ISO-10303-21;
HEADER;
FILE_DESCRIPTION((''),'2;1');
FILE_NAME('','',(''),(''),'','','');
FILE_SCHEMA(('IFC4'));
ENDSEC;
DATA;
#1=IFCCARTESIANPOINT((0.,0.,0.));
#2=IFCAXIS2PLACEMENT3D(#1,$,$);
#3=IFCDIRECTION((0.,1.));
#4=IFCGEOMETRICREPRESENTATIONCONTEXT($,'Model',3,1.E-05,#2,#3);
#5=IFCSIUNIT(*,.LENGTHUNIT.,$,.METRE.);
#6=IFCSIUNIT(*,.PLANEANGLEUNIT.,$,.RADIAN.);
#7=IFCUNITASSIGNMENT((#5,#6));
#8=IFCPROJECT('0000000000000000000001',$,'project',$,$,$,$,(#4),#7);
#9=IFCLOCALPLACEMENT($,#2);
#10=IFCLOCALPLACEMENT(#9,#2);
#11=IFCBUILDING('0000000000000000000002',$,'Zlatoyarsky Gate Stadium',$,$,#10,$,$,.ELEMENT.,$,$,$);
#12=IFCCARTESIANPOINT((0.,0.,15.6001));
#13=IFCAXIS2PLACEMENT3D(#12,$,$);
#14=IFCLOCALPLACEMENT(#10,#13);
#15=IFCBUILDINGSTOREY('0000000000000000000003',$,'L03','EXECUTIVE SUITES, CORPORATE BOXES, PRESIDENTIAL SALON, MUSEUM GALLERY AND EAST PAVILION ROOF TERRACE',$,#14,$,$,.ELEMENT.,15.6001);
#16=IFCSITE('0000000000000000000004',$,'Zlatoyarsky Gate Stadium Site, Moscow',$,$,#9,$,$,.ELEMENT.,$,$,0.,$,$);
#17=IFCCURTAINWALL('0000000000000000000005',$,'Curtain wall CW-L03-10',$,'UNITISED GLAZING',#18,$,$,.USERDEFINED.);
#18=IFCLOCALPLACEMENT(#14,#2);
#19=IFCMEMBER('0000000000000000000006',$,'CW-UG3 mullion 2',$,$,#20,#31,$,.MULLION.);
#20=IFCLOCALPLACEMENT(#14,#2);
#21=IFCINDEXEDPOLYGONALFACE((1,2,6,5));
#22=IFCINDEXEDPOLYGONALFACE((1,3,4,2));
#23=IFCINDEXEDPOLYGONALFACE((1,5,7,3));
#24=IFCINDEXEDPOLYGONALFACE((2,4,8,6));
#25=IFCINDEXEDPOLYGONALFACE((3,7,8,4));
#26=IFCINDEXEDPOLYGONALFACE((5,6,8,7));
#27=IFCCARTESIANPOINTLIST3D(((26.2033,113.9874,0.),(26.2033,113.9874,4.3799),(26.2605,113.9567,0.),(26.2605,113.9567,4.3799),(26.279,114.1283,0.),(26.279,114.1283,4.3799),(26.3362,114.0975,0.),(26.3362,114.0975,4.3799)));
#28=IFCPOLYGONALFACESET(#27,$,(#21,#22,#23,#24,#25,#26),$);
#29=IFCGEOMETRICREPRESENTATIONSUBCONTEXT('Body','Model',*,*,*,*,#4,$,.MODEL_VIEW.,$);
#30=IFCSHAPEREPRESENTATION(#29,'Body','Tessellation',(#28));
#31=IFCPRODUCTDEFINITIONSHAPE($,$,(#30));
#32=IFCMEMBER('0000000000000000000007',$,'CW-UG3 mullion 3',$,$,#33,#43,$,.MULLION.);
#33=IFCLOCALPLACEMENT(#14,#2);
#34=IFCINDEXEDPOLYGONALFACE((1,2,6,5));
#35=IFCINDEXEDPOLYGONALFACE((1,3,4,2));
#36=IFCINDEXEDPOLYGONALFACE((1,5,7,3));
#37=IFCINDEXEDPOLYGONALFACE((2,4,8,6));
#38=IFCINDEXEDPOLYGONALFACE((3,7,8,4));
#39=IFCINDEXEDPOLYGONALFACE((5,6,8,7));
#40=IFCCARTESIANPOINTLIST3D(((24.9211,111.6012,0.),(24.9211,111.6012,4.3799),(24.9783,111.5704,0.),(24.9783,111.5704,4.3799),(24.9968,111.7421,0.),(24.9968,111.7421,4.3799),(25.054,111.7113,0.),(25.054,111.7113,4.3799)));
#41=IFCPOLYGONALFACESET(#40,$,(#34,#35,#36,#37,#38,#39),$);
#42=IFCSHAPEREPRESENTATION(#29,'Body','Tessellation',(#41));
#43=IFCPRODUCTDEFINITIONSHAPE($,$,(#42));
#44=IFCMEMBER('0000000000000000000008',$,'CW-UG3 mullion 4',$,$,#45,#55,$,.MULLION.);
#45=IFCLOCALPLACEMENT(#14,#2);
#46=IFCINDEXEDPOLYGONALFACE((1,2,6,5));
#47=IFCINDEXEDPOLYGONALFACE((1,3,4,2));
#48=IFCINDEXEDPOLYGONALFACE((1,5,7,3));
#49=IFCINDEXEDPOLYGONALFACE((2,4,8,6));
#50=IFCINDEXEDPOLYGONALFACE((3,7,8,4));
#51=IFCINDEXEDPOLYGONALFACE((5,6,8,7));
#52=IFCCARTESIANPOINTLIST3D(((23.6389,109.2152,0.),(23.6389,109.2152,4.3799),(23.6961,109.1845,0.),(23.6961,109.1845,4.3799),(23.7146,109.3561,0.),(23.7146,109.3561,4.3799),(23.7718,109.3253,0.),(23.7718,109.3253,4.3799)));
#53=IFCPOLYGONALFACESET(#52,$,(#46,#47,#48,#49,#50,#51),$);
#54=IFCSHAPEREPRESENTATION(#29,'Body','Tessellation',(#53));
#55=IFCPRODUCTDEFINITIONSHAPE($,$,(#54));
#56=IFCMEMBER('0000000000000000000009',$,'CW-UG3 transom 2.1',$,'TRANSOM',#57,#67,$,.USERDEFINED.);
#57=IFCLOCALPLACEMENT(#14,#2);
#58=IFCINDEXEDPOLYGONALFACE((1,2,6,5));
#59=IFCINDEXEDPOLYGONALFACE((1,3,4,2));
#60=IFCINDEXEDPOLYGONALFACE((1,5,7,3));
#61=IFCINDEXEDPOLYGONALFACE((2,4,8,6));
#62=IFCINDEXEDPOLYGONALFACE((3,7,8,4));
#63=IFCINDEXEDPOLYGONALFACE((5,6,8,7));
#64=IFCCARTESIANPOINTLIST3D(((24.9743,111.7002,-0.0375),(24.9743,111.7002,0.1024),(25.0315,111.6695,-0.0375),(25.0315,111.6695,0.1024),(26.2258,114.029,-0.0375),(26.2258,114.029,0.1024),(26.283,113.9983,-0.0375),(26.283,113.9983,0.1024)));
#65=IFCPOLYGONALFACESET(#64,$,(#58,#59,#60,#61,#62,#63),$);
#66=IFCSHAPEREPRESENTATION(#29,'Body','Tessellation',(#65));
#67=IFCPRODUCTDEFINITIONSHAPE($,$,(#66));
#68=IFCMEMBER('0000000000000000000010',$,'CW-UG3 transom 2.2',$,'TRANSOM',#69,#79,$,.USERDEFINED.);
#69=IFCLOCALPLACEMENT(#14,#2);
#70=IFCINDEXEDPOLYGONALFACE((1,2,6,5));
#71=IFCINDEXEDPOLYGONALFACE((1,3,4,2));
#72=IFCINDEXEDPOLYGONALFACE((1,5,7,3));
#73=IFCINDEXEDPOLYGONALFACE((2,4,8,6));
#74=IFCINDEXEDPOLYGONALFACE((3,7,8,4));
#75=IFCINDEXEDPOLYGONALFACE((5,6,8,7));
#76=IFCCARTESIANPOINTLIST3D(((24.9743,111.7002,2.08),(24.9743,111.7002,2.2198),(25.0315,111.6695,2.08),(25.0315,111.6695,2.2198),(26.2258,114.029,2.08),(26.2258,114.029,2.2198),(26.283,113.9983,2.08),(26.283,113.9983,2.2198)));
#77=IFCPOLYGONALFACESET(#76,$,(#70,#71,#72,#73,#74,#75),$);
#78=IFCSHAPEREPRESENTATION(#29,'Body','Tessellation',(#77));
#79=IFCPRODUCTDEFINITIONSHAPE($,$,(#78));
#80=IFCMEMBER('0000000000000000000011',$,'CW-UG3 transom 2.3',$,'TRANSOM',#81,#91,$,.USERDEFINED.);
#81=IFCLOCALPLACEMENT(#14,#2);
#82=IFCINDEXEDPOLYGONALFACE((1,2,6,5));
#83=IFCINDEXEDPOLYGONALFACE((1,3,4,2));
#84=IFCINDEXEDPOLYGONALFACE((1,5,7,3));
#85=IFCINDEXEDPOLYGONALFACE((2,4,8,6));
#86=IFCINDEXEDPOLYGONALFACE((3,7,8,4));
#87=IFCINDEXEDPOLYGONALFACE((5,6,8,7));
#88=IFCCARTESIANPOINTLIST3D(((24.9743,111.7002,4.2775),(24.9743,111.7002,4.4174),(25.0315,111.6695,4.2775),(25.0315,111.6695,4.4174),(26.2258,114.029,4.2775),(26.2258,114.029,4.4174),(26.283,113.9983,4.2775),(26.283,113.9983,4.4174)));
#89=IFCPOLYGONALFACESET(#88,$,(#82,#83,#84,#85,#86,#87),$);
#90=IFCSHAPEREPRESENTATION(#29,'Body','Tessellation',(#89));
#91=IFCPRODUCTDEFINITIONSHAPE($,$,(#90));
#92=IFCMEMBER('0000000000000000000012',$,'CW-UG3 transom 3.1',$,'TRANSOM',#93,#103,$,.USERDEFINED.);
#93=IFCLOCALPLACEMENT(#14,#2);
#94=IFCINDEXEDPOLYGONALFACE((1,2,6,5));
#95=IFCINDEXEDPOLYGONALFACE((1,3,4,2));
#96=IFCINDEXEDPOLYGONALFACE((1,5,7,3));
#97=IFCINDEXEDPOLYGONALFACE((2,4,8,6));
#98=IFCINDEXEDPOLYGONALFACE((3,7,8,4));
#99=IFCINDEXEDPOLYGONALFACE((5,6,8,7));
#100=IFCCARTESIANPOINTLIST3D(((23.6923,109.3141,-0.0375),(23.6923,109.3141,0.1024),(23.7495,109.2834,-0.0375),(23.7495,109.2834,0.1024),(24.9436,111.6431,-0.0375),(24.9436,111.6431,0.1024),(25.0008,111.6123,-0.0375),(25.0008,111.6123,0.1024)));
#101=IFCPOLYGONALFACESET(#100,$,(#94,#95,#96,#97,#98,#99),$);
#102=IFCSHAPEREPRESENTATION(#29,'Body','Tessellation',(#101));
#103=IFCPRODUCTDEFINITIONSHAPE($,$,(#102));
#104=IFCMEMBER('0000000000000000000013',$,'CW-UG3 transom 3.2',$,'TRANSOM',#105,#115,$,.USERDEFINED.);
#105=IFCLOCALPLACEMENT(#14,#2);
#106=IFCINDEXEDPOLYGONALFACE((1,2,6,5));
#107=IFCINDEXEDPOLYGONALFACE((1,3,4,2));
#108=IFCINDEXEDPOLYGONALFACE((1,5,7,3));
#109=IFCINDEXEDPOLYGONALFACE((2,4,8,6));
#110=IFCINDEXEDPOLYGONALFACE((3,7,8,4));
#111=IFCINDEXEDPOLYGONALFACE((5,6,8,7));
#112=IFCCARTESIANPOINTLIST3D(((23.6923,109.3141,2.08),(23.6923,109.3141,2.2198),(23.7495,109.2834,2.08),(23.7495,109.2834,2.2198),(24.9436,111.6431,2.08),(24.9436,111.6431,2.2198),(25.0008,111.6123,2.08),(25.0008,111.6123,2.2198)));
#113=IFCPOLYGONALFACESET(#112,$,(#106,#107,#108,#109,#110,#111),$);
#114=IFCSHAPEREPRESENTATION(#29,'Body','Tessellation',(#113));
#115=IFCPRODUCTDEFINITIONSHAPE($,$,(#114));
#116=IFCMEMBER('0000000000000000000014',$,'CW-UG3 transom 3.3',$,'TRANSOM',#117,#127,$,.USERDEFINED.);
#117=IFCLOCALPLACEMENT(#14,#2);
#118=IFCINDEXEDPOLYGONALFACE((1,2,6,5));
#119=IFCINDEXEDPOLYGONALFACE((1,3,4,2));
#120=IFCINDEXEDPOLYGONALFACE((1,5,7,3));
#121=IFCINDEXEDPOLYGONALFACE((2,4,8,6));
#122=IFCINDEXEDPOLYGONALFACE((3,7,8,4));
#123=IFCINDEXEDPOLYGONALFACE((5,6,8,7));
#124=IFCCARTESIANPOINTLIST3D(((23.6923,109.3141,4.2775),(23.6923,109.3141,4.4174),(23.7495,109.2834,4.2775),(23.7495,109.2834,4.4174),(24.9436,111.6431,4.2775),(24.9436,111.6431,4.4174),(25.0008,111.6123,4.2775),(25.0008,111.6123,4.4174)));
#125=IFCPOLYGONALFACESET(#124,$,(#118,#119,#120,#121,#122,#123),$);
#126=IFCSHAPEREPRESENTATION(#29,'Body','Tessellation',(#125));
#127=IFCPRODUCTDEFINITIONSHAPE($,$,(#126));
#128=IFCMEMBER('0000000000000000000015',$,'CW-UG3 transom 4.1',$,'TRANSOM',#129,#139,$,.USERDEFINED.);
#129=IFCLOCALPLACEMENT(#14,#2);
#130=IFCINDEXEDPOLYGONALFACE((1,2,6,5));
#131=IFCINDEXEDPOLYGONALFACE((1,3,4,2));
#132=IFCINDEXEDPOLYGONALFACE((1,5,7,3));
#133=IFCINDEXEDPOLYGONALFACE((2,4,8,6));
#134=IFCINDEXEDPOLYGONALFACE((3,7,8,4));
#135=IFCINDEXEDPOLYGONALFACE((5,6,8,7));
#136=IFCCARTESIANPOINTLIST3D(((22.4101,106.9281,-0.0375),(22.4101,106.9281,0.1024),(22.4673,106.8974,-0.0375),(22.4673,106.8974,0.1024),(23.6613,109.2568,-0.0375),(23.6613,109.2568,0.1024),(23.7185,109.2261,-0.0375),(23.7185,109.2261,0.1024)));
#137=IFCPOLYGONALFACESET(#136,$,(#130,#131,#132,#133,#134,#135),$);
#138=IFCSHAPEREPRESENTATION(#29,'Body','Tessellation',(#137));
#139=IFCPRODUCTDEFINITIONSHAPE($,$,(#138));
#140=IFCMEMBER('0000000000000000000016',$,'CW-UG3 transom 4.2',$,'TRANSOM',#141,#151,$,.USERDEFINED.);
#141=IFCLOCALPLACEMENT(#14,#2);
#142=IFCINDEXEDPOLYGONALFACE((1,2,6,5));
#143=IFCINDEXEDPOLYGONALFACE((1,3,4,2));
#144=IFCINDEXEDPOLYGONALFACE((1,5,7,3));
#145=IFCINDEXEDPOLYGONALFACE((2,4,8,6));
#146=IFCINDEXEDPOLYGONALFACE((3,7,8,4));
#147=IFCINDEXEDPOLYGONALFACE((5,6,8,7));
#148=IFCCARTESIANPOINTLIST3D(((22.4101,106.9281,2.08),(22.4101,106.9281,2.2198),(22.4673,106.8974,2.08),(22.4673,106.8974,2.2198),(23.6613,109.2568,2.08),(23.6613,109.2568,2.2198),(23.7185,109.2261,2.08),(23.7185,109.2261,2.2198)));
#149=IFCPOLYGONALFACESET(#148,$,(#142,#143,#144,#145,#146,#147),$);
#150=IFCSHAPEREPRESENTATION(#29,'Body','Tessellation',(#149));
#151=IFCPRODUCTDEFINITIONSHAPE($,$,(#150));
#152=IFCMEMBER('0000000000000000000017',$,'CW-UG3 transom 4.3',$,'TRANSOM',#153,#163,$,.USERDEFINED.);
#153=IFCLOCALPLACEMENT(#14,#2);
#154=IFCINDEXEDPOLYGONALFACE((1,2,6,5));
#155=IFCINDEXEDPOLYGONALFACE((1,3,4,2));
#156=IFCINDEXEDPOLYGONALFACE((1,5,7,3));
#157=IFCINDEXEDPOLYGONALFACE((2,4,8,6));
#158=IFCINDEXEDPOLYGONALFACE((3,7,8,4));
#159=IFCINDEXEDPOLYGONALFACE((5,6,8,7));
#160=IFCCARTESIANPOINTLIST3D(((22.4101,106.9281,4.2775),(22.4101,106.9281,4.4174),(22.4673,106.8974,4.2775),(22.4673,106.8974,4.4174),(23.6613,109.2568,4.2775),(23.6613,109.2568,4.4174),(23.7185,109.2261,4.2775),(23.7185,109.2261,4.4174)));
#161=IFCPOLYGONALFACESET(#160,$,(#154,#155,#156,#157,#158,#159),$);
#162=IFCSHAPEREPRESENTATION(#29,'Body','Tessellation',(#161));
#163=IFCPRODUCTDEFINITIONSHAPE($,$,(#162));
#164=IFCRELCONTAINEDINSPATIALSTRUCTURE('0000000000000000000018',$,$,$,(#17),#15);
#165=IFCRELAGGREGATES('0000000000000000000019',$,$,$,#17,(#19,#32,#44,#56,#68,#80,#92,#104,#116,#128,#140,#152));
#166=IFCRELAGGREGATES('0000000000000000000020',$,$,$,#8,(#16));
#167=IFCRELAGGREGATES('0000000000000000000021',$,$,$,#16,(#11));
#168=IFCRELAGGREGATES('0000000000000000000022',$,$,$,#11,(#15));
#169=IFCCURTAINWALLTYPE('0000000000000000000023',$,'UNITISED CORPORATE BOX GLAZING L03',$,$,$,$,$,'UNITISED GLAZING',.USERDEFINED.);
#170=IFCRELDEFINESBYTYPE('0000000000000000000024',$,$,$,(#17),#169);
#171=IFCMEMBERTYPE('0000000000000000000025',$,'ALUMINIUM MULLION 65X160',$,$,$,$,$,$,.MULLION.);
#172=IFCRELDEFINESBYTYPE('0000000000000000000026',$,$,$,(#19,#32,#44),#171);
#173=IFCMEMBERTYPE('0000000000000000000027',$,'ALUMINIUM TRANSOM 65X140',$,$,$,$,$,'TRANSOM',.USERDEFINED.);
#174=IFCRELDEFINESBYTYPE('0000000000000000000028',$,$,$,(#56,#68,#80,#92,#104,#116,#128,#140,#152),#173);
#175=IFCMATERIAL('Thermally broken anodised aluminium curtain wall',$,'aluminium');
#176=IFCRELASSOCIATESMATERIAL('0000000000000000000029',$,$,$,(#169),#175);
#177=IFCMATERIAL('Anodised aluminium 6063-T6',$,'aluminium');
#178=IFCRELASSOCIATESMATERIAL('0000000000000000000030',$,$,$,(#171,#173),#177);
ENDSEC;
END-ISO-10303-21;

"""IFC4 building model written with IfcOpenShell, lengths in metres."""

from ifc_helpers import new_model, si_unit, direction, frame, origin, origin_2d, place, context, subcontext, project, spatial, rectangle, extrude, material, material_profile, profile_set, type_object, element, aggregate, save


model = new_model("IFC4")

# Units and contexts
model_context = context("Model", 3, precision=1e-05, world=origin(), true_north=direction((0.0, 1.0)))
body_context = subcontext(model_context, "Body", "Model", "MODEL_VIEW")
ifc_project = project(units=[si_unit("LENGTHUNIT", "METRE"), si_unit("PLANEANGLEUNIT", "RADIAN")], contexts=[model_context])

# Site, building, storey
site_placement = place(None, origin())
site = spatial("IfcSite", under=ifc_project, at=site_placement, Name="Zlatoyarsky Gate Stadium Site, Moscow", CompositionType="ELEMENT", RefElevation=0.0)
building_placement = place(site_placement, origin())
building = spatial("IfcBuilding", under=site, at=building_placement, Name="Zlatoyarsky Gate Stadium", CompositionType="ELEMENT")
storey_placement = place(building_placement, frame((0.0, 0.0, 15.6001)))
storey = spatial("IfcBuildingStorey", under=building, at=storey_placement, Name="L03", Description="EXECUTIVE SUITES, CORPORATE BOXES, PRESIDENTIAL SALON, MUSEUM GALLERY AND EAST PAVILION ROOF TERRACE", CompositionType="ELEMENT", Elevation=15.6001)

# Curtain wall, members
ifc_material_1 = material(Name="Thermally broken anodised aluminium curtain wall", Category="aluminium")
curtain_wall_type = type_object("IfcCurtainWallType", Name="UNITISED CORPORATE BOX GLAZING L03", ElementType="UNITISED GLAZING", PredefinedType="USERDEFINED", material=ifc_material_1)
curtain_wall_placement = place(storey_placement, origin())
curtain_wall = element("IfcCurtainWall", 1, at=curtain_wall_placement, inside=storey, type_object=curtain_wall_type, Name="Curtain wall CW-L03-10", ObjectType="UNITISED GLAZING", PredefinedType="USERDEFINED")
ifc_material_2 = material(Name="Anodised aluminium 6063-T6", Category="aluminium")
ifc_material_profile_1 = material_profile(ifc_material_2, rectangle(XDim=0.0649, YDim=0.1599, at=origin_2d()), Name="ALU 65X160")
ifc_profile_set_1 = profile_set([ifc_material_profile_1], Name="Anodised aluminium 6063-T6")
member_type_1 = type_object("IfcMemberType", Name="ALUMINIUM MULLION 65X160", PredefinedType="MULLION", material=ifc_profile_set_1)
member_1_placement = place(storey_placement, frame((26.2698, 114.0425, 0.0), z_axis=(0.0, 0.0, 1.0), x_axis=(0.880877, -0.473345, 0.0)))
member_1 = element("IfcMember", 2, at=member_1_placement, type_object=member_type_1, Name="CW-UG3 mullion 2", PredefinedType="MULLION", context=body_context, shape_type="SweptSolid", body=[
    extrude(rectangle(XDim=0.0649, YDim=0.1599, at=origin_2d()), origin(), (0.0, 0.0, 1.0), 4.3799),
])
member_2_placement = place(storey_placement, frame((24.9875, 111.6562, 0.0), z_axis=(0.0, 0.0, 1.0), x_axis=(0.880877, -0.473345, 0.0)))
member_2 = element("IfcMember", 3, at=member_2_placement, type_object=member_type_1, Name="CW-UG3 mullion 3", PredefinedType="MULLION", context=body_context, shape_type="SweptSolid", body=[
    extrude(rectangle(XDim=0.0649, YDim=0.1599, at=origin_2d()), origin(), (0.0, 0.0, 1.0), 4.3799),
])
member_3_placement = place(storey_placement, frame((23.7053, 109.2703, 0.0), z_axis=(0.0, 0.0, 1.0), x_axis=(0.880877, -0.473345, 0.0)))
member_3 = element("IfcMember", 4, at=member_3_placement, type_object=member_type_1, Name="CW-UG3 mullion 4", PredefinedType="MULLION", context=body_context, shape_type="SweptSolid", body=[
    extrude(rectangle(XDim=0.0649, YDim=0.1599, at=origin_2d()), origin(), (0.0, 0.0, 1.0), 4.3799),
])
ifc_material_profile_2 = material_profile(ifc_material_2, rectangle(XDim=0.0649, YDim=0.1399, at=origin_2d()), Name="ALU 65X140")
ifc_profile_set_2 = profile_set([ifc_material_profile_2], Name="Anodised aluminium 6063-T6")
member_type_2 = type_object("IfcMemberType", Name="ALUMINIUM TRANSOM 65X140", ElementType="TRANSOM", PredefinedType="USERDEFINED", material=ifc_profile_set_2)
member_4_placement = place(storey_placement, frame((26.2544, 114.0137, 0.0325), z_axis=(-0.473356, -0.880871, 0.0), x_axis=(0.880871, -0.473356, 0.0)))
member_4 = element("IfcMember", 5, at=member_4_placement, type_object=member_type_2, Name="CW-UG3 transom 2.1", ObjectType="TRANSOM", PredefinedType="USERDEFINED", context=body_context, shape_type="SweptSolid", body=[
    extrude(rectangle(XDim=0.0649, YDim=0.1399, at=origin_2d()), origin(), (0.0, 0.0, 1.0), 2.6438),
])
member_5_placement = place(storey_placement, frame((26.2544, 114.0137, 2.1499), z_axis=(-0.473356, -0.880871, 0.0), x_axis=(0.880871, -0.473356, 0.0)))
member_5 = element("IfcMember", 6, at=member_5_placement, type_object=member_type_2, Name="CW-UG3 transom 2.2", ObjectType="TRANSOM", PredefinedType="USERDEFINED", context=body_context, shape_type="SweptSolid", body=[
    extrude(rectangle(XDim=0.0649, YDim=0.1399, at=origin_2d()), origin(), (0.0, 0.0, 1.0), 2.6438),
])
member_6_placement = place(storey_placement, frame((26.2544, 114.0137, 4.3474), z_axis=(-0.473356, -0.880871, 0.0), x_axis=(0.880871, -0.473356, 0.0)))
member_6 = element("IfcMember", 7, at=member_6_placement, type_object=member_type_2, Name="CW-UG3 transom 2.3", ObjectType="TRANSOM", PredefinedType="USERDEFINED", context=body_context, shape_type="SweptSolid", body=[
    extrude(rectangle(XDim=0.0649, YDim=0.1399, at=origin_2d()), origin(), (0.0, 0.0, 1.0), 2.6438),
])
member_7_placement = place(storey_placement, frame((24.9722, 111.6277, 0.0325), z_axis=(-0.473285, -0.88091, 0.0), x_axis=(0.88091, -0.473285, 0.0)))
member_7 = element("IfcMember", 8, at=member_7_placement, type_object=member_type_2, Name="CW-UG3 transom 3.1", ObjectType="TRANSOM", PredefinedType="USERDEFINED", context=body_context, shape_type="SweptSolid", body=[
    extrude(rectangle(XDim=0.0649, YDim=0.1399, at=origin_2d()), origin(), (0.0, 0.0, 1.0), 2.6438),
])
member_8_placement = place(storey_placement, frame((24.9722, 111.6277, 2.1499), z_axis=(-0.473285, -0.88091, 0.0), x_axis=(0.88091, -0.473285, 0.0)))
member_8 = element("IfcMember", 9, at=member_8_placement, type_object=member_type_2, Name="CW-UG3 transom 3.2", ObjectType="TRANSOM", PredefinedType="USERDEFINED", context=body_context, shape_type="SweptSolid", body=[
    extrude(rectangle(XDim=0.0649, YDim=0.1399, at=origin_2d()), origin(), (0.0, 0.0, 1.0), 2.6438),
])
member_9_placement = place(storey_placement, frame((24.9722, 111.6277, 4.3474), z_axis=(-0.473285, -0.88091, 0.0), x_axis=(0.88091, -0.473285, 0.0)))
member_9 = element("IfcMember", 10, at=member_9_placement, type_object=member_type_2, Name="CW-UG3 transom 3.3", ObjectType="TRANSOM", PredefinedType="USERDEFINED", context=body_context, shape_type="SweptSolid", body=[
    extrude(rectangle(XDim=0.0649, YDim=0.1399, at=origin_2d()), origin(), (0.0, 0.0, 1.0), 2.6438),
])
member_10_placement = place(storey_placement, frame((23.6899, 109.2415, 0.0325), z_axis=(-0.473323, -0.880889, 0.0), x_axis=(0.880889, -0.473323, 0.0)))
member_10 = element("IfcMember", 11, at=member_10_placement, type_object=member_type_2, Name="CW-UG3 transom 4.1", ObjectType="TRANSOM", PredefinedType="USERDEFINED", context=body_context, shape_type="SweptSolid", body=[
    extrude(rectangle(XDim=0.0649, YDim=0.1399, at=origin_2d()), origin(), (0.0, 0.0, 1.0), 2.6436),
])
member_11_placement = place(storey_placement, frame((23.6899, 109.2415, 2.1499), z_axis=(-0.473323, -0.880889, 0.0), x_axis=(0.880889, -0.473323, 0.0)))
member_11 = element("IfcMember", 12, at=member_11_placement, type_object=member_type_2, Name="CW-UG3 transom 4.2", ObjectType="TRANSOM", PredefinedType="USERDEFINED", context=body_context, shape_type="SweptSolid", body=[
    extrude(rectangle(XDim=0.0649, YDim=0.1399, at=origin_2d()), origin(), (0.0, 0.0, 1.0), 2.6436),
])
member_12_placement = place(storey_placement, frame((23.6899, 109.2415, 4.3474), z_axis=(-0.473323, -0.880889, 0.0), x_axis=(0.880889, -0.473323, 0.0)))
member_12 = element("IfcMember", 13, at=member_12_placement, type_object=member_type_2, Name="CW-UG3 transom 4.3", ObjectType="TRANSOM", PredefinedType="USERDEFINED", context=body_context, shape_type="SweptSolid", body=[
    extrude(rectangle(XDim=0.0649, YDim=0.1399, at=origin_2d()), origin(), (0.0, 0.0, 1.0), 2.6436),
])

aggregate(curtain_wall, [member_1, member_2, member_3, member_4, member_5, member_6, member_7, member_8, member_9, member_10, member_11, member_12])

save(model, "model.ifc")
